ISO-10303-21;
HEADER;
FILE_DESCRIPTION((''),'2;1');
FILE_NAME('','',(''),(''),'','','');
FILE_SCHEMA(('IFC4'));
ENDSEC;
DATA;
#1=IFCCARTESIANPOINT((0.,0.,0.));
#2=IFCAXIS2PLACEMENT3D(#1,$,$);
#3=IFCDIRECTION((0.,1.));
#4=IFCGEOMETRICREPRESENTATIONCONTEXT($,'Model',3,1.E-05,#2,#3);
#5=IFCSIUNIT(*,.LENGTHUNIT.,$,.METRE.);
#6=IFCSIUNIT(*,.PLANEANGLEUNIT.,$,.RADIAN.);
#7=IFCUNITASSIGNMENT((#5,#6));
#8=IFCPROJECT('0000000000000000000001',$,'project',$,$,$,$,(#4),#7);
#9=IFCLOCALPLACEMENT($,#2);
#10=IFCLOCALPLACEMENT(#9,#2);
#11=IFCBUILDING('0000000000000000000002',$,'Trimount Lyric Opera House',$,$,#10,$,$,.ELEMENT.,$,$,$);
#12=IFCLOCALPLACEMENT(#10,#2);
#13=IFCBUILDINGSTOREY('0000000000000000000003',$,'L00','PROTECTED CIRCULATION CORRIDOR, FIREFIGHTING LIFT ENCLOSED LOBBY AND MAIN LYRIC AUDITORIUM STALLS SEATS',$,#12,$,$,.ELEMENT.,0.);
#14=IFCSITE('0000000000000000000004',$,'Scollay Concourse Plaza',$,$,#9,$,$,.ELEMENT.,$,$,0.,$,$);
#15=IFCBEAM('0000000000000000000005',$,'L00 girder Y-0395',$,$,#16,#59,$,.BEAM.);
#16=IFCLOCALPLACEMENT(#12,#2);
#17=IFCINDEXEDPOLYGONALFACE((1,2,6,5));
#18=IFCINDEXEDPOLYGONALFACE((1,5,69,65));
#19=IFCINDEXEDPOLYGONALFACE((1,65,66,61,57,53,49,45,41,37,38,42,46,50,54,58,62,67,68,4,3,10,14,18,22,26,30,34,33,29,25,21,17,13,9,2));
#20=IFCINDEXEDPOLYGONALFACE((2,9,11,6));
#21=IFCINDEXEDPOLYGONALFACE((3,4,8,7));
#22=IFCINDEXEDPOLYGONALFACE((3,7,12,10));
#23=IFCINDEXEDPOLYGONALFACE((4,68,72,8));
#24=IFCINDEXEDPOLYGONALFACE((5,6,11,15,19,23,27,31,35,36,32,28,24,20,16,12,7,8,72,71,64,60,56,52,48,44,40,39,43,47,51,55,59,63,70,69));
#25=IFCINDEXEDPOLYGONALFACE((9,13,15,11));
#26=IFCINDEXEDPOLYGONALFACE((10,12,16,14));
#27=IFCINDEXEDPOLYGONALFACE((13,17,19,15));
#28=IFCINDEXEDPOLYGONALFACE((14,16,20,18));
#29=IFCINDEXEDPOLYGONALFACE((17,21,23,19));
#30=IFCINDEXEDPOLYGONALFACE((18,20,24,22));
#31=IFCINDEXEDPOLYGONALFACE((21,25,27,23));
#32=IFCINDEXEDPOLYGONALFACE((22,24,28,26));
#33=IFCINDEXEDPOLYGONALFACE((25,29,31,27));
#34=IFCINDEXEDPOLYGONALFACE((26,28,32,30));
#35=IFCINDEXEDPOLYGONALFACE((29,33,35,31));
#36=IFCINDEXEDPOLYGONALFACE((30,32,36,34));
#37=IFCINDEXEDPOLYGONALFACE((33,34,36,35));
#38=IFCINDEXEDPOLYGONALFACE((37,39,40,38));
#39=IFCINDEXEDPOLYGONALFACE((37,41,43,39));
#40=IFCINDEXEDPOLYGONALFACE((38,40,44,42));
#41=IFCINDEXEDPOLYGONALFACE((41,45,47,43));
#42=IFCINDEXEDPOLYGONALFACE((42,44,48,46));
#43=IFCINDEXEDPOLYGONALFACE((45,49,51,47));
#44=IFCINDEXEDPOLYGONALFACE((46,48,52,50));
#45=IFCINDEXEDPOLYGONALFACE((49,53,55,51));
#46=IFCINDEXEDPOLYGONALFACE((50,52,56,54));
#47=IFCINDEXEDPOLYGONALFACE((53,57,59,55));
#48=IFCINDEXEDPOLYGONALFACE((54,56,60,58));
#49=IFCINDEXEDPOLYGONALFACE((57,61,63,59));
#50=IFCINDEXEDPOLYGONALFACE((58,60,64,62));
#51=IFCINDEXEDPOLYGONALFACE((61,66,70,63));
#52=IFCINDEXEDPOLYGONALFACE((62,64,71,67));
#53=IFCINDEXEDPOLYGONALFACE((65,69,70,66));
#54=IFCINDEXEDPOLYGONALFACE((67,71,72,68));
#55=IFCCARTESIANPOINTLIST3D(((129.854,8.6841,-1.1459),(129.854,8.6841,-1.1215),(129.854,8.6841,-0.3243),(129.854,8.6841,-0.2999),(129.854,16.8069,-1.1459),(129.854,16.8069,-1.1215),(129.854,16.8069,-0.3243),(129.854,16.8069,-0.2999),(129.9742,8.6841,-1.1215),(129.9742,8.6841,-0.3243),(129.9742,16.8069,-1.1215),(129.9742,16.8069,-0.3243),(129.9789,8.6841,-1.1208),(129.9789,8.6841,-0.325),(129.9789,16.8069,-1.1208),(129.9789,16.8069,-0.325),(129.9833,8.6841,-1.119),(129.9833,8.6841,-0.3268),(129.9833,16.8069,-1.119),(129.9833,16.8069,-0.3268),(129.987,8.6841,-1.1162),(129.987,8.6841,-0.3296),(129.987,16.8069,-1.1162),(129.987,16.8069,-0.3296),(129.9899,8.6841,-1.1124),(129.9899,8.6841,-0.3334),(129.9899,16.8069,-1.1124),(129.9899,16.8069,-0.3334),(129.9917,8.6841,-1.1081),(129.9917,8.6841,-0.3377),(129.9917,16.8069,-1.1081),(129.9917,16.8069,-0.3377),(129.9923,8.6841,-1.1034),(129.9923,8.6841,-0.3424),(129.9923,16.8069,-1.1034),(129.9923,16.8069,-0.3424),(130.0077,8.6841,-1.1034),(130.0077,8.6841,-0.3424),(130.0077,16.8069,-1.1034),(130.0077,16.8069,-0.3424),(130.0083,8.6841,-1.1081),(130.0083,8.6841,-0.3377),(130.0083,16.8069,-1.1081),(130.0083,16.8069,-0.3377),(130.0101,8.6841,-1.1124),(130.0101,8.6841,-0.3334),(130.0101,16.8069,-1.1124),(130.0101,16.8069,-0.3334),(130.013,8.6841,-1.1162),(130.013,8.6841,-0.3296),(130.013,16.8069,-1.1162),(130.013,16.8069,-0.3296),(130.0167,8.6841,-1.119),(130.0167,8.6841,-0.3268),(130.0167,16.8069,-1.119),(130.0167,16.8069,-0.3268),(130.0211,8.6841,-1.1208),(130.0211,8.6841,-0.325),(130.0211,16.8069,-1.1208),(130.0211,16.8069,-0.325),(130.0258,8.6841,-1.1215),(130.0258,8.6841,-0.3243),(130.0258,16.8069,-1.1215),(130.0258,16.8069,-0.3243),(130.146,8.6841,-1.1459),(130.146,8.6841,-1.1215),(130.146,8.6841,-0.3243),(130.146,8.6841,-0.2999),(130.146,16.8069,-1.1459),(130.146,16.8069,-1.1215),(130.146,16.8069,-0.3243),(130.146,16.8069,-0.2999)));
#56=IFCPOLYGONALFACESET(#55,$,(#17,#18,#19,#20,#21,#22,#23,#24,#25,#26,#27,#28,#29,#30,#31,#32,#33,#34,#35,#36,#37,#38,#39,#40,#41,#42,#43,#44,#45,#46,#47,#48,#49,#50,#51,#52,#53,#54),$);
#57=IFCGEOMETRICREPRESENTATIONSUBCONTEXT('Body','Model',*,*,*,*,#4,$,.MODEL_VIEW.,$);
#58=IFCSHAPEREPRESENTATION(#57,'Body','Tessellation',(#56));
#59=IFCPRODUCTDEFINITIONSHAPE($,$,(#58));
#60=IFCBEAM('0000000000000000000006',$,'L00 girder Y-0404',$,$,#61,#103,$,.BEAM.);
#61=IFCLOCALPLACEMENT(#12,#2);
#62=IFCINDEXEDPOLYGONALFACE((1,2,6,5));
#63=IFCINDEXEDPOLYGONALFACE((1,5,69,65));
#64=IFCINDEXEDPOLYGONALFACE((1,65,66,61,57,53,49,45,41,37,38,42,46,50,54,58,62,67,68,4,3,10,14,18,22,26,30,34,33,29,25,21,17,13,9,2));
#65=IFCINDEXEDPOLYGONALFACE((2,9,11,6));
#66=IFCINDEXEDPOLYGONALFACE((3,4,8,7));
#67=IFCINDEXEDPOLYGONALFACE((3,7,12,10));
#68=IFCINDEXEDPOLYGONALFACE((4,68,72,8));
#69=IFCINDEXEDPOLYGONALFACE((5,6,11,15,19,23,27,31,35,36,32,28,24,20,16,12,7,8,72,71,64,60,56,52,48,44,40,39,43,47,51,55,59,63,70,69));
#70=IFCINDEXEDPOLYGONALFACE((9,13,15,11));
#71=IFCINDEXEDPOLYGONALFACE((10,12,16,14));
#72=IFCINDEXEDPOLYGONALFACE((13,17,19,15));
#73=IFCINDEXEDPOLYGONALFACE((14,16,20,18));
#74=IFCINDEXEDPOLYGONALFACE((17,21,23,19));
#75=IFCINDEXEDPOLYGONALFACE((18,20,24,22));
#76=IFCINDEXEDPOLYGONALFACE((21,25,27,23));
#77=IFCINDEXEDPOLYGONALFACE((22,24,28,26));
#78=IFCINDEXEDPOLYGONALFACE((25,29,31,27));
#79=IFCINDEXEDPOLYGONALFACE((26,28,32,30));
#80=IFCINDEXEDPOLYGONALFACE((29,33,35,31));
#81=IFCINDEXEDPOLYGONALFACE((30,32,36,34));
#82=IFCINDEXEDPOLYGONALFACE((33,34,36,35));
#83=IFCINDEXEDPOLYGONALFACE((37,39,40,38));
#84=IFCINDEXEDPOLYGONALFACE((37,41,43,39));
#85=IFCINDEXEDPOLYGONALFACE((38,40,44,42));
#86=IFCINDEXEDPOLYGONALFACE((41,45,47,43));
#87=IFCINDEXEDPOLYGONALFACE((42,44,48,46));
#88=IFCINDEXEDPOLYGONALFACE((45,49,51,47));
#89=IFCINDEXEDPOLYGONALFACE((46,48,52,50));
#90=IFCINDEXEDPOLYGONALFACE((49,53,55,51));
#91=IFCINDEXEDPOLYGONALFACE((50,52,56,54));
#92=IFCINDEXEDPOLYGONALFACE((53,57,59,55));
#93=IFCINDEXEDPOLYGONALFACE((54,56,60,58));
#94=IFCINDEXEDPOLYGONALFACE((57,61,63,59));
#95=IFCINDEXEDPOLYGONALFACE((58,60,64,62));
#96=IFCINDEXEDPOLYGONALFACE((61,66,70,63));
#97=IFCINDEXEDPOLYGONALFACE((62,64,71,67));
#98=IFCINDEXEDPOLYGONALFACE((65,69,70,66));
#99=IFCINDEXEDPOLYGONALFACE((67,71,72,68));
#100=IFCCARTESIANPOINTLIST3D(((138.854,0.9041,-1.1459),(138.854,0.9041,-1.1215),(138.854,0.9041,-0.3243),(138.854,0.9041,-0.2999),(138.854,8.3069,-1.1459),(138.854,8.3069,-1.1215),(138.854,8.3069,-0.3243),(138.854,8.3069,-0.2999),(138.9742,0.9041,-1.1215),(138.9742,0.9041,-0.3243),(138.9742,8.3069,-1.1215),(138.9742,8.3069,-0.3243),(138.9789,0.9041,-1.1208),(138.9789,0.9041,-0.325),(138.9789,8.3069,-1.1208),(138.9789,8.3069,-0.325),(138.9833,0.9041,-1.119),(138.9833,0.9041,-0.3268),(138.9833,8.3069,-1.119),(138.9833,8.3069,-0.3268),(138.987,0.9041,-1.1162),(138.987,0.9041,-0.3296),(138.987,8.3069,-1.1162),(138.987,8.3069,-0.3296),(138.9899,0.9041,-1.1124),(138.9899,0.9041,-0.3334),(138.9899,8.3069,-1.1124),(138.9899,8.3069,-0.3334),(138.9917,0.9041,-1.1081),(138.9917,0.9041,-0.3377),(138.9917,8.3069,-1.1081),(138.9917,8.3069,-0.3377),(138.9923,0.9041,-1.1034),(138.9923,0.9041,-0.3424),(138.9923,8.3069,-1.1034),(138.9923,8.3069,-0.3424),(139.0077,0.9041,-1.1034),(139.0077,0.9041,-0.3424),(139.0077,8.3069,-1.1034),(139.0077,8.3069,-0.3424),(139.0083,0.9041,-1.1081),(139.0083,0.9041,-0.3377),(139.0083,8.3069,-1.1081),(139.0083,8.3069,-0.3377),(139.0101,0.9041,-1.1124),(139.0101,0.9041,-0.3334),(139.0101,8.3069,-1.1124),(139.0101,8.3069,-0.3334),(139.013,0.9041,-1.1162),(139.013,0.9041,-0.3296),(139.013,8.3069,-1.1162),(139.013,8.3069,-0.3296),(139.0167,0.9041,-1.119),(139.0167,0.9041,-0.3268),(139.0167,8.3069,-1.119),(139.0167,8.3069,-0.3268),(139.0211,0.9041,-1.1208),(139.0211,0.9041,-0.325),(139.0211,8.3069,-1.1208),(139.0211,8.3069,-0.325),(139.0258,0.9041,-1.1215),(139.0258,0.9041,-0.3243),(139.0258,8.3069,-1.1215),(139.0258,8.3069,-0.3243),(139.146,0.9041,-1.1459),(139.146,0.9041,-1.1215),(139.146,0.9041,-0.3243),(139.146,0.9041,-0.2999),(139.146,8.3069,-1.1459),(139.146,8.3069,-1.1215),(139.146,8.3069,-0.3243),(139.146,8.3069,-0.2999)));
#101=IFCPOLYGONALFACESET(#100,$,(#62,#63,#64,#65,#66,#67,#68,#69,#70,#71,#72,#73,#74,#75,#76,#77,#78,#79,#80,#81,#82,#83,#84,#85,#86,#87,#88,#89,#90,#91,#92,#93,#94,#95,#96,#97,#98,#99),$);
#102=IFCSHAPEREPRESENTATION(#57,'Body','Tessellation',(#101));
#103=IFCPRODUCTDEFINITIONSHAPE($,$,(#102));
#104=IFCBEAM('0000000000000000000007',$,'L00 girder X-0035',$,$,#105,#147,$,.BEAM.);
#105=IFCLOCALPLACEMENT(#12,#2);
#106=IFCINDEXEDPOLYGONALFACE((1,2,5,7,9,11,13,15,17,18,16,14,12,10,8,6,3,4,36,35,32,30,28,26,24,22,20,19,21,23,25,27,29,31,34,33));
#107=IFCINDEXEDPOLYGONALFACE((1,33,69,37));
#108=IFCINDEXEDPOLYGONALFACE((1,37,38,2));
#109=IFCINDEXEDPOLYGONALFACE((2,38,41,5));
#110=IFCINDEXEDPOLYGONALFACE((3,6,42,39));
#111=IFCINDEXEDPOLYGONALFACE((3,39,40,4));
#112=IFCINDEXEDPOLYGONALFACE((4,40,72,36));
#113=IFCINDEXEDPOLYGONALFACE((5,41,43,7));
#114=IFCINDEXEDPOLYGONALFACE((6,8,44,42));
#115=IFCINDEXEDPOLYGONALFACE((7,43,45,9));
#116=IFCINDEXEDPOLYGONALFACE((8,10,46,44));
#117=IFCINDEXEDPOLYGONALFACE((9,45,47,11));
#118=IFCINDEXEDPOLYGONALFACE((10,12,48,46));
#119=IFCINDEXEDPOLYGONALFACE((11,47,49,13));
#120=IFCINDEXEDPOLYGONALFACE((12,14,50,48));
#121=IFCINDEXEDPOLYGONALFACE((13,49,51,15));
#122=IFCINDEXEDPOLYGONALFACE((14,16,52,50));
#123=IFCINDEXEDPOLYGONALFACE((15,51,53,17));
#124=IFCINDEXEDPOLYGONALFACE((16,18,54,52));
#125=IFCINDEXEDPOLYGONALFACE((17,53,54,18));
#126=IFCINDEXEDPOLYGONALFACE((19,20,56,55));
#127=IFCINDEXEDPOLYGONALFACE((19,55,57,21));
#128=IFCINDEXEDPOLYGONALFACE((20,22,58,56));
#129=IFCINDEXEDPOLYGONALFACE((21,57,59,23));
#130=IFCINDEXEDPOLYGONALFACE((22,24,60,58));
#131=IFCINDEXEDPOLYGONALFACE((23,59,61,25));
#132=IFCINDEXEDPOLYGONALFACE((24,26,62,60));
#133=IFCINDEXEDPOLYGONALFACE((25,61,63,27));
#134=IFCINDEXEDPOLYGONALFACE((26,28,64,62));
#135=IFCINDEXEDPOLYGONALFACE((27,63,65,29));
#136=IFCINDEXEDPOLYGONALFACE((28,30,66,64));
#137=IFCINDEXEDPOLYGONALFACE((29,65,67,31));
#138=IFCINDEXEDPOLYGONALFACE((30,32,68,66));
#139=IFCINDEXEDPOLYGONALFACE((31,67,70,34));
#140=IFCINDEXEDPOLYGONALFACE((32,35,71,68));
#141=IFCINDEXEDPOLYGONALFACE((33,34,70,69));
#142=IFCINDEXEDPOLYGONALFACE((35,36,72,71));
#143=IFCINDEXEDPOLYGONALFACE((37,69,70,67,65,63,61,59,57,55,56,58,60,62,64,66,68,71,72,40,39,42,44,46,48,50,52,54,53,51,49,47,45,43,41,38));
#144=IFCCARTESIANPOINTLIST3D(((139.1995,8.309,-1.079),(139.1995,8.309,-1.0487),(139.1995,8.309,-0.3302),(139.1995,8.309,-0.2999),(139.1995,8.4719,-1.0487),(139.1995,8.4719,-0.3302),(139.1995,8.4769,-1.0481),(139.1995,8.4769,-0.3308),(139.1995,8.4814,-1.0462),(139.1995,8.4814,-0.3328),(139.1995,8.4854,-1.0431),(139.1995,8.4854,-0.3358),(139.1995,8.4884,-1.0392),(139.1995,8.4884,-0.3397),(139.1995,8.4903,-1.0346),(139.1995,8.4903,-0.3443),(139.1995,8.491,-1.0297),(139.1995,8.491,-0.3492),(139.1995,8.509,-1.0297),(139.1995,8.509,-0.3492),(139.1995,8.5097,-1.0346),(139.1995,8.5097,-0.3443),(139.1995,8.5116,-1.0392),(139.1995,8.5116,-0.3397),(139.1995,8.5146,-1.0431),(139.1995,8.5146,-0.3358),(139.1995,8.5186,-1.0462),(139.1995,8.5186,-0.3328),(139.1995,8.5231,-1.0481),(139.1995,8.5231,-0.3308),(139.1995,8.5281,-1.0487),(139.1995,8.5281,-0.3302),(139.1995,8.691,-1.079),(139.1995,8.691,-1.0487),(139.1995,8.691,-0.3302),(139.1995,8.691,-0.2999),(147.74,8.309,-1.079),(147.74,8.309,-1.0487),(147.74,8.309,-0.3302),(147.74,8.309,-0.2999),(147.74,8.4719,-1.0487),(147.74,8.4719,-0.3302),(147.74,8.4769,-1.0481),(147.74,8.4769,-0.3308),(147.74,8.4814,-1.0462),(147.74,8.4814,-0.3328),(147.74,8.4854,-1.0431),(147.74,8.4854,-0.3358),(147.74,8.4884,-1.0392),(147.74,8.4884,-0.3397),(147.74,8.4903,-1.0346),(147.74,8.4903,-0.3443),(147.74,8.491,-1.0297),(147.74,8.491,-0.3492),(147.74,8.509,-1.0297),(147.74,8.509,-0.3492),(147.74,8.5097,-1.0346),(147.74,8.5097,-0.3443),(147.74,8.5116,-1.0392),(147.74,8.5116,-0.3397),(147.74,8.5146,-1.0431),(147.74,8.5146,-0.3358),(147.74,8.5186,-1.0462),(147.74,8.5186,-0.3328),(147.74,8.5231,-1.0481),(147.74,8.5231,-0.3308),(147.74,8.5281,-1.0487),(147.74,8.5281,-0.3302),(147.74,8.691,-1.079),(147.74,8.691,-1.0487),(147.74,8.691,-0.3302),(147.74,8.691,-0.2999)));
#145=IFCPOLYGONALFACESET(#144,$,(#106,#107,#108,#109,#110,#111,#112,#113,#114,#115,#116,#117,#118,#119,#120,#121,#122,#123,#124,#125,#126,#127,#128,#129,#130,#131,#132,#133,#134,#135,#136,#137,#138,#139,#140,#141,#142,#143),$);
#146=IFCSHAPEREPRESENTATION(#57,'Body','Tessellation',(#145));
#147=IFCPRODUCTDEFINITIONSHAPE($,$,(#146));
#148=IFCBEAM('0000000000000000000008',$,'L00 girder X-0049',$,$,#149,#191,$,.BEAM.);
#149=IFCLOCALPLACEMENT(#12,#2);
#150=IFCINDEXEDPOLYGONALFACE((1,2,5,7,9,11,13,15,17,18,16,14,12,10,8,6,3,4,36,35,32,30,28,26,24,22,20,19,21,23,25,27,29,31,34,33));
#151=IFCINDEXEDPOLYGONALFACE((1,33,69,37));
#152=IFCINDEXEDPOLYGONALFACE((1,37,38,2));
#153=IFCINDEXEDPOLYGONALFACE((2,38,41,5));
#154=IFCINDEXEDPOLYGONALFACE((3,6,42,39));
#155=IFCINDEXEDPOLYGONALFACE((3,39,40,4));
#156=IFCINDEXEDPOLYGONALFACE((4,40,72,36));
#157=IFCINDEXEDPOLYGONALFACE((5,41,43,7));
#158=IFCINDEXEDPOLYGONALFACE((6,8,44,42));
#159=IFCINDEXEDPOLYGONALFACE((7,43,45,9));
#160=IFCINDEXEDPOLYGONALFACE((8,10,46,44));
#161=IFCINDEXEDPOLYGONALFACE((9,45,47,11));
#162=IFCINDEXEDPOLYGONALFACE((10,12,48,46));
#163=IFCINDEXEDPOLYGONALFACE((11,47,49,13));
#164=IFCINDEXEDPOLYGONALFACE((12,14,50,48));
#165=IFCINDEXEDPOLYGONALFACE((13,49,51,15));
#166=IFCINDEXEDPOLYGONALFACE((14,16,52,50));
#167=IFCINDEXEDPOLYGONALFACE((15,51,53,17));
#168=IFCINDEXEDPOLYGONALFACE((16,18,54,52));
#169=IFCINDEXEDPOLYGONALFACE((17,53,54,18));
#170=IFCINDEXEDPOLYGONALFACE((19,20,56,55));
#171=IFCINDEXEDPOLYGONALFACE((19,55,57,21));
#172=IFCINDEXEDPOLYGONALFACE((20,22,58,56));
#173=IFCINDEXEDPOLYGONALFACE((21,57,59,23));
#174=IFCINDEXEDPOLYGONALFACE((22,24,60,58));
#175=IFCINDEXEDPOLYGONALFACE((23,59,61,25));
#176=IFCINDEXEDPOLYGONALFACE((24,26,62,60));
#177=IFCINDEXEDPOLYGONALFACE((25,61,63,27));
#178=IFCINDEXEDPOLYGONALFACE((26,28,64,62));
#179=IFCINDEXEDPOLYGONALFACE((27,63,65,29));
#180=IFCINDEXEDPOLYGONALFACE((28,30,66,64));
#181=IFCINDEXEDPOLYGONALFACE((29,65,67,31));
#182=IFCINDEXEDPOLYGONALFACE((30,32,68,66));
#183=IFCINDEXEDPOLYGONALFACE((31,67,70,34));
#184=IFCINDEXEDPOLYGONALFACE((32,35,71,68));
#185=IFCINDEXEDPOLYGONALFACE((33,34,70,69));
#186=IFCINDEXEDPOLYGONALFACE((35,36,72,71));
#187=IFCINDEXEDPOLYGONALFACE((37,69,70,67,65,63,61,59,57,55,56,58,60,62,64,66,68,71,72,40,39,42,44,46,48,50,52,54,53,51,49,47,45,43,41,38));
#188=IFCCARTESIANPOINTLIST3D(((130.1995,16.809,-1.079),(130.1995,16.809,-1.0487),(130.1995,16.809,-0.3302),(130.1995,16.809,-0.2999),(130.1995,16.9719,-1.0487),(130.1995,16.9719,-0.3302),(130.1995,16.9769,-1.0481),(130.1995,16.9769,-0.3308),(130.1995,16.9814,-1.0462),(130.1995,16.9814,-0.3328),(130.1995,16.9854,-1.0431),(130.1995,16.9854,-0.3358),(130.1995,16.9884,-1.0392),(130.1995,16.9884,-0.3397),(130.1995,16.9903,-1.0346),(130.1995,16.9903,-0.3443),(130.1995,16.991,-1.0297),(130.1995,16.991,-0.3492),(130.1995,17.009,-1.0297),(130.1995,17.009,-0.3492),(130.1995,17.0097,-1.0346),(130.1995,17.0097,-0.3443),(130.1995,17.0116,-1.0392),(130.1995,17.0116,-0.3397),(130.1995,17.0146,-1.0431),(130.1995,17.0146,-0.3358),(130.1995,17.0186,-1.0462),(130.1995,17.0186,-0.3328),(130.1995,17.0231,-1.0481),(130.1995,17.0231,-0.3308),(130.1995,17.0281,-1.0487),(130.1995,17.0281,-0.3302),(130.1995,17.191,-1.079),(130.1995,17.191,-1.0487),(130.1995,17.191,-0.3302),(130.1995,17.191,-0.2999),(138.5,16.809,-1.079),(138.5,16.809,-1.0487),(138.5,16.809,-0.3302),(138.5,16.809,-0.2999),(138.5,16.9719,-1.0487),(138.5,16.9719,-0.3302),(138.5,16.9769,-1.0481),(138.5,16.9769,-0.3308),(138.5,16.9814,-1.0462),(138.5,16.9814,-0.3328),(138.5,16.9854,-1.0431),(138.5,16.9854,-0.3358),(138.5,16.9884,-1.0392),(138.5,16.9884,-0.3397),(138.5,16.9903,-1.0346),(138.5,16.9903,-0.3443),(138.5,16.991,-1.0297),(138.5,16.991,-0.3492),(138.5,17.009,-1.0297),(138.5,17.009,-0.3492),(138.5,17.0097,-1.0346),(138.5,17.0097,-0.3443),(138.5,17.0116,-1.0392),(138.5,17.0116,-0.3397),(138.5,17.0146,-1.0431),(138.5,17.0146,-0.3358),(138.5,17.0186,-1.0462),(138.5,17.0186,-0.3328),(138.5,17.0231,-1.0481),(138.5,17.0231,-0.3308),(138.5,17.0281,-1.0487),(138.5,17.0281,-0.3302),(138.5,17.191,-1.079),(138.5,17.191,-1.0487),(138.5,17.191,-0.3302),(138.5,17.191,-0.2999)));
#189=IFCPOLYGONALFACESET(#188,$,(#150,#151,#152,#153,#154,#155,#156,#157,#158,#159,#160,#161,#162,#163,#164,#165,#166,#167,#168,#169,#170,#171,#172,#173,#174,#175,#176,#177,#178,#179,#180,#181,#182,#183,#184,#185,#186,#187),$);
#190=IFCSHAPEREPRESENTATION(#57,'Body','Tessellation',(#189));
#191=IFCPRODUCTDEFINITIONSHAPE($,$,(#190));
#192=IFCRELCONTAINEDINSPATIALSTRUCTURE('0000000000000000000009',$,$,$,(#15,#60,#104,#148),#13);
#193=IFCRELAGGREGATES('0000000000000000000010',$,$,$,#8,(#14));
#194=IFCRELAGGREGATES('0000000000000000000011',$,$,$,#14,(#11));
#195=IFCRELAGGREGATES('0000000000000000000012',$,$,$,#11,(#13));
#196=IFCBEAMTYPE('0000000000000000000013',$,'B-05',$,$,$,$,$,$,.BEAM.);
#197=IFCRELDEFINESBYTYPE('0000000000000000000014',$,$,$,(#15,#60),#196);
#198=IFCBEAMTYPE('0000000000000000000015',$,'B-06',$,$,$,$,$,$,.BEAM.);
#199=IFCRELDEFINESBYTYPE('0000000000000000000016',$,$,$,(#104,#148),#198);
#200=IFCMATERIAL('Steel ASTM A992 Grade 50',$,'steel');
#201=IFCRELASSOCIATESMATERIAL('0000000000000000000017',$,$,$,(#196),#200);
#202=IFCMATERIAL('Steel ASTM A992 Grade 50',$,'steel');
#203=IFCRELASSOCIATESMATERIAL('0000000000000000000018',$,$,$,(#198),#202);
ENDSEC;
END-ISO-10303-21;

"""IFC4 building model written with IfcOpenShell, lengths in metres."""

from ifc_helpers import new_model, si_unit, direction, frame, origin, origin_2d, place, context, subcontext, project, spatial, i_section, extrude, material, material_profile, profile_set, type_object, element, save


model = new_model("IFC4")

# Units and contexts
model_context = context("Model", 3, precision=1e-05, world=origin(), true_north=direction((0.0, 1.0)))
body_context = subcontext(model_context, "Body", "Model", "MODEL_VIEW")
ifc_project = project(units=[si_unit("LENGTHUNIT", "METRE"), si_unit("PLANEANGLEUNIT", "RADIAN")], contexts=[model_context])

# Site, building, storey
site_placement = place(None, origin())
site = spatial("IfcSite", under=ifc_project, at=site_placement, Name="Scollay Concourse Plaza", CompositionType="ELEMENT", RefElevation=0.0)
building_placement = place(site_placement, origin())
building = spatial("IfcBuilding", under=site, at=building_placement, Name="Trimount Lyric Opera House", CompositionType="ELEMENT")
storey_placement = place(building_placement, origin())
storey = spatial("IfcBuildingStorey", under=building, at=storey_placement, Name="L00", Description="PROTECTED CIRCULATION CORRIDOR, FIREFIGHTING LIFT ENCLOSED LOBBY AND MAIN LYRIC AUDITORIUM STALLS SEATS", CompositionType="ELEMENT", Elevation=0.0)

# Beams
ifc_material_1 = material(Name="Steel ASTM A992 Grade 50", Category="steel")
ifc_material_profile_1 = material_profile(ifc_material_1, i_section(OverallWidth=0.292, OverallDepth=0.8459, WebThickness=0.0154, FlangeThickness=0.0244, FilletRadius=0.0181, at=origin_2d()), Name="W33X141")
ifc_profile_set_1 = profile_set([ifc_material_profile_1], Name="Steel ASTM A992 Grade 50")
beam_type_1 = type_object("IfcBeamType", Name="B-05", PredefinedType="BEAM", material=ifc_profile_set_1)
beam_1_placement = place(storey_placement, frame((130.0, 8.6841, -0.7229), z_axis=(0.0, 1.0, 0.0), x_axis=(-1.0, 0.0, 0.0)))
element("IfcBeam", 1, at=beam_1_placement, inside=storey, type_object=beam_type_1, Name="L00 girder Y-0395", PredefinedType="BEAM", context=body_context, shape_type="SweptSolid", body=[
    extrude(i_section(OverallWidth=0.292, OverallDepth=0.8459, WebThickness=0.0154, FlangeThickness=0.0244, FilletRadius=0.0181, at=origin_2d()), origin(), (0.0, 0.0, 1.0), 8.1228),
])
beam_2_placement = place(storey_placement, frame((139.0, 0.9041, -0.7229), z_axis=(0.0, 1.0, 0.0), x_axis=(-1.0, 0.0, 0.0)))
element("IfcBeam", 2, at=beam_2_placement, inside=storey, type_object=beam_type_1, Name="L00 girder Y-0404", PredefinedType="BEAM", context=body_context, shape_type="SweptSolid", body=[
    extrude(i_section(OverallWidth=0.292, OverallDepth=0.8459, WebThickness=0.0154, FlangeThickness=0.0244, FilletRadius=0.0181, at=origin_2d()), origin(), (0.0, 0.0, 1.0), 7.4028),
])
ifc_material_2 = material(Name="Steel ASTM A992 Grade 50", Category="steel")
ifc_material_profile_2 = material_profile(ifc_material_2, i_section(OverallWidth=0.3821, OverallDepth=0.7791, WebThickness=0.0181, FlangeThickness=0.0303, FilletRadius=0.019, at=origin_2d()), Name="W30X191")
ifc_profile_set_2 = profile_set([ifc_material_profile_2], Name="Steel ASTM A992 Grade 50")
beam_type_2 = type_object("IfcBeamType", Name="B-06", PredefinedType="BEAM", material=ifc_profile_set_2)
beam_3_placement = place(storey_placement, frame((139.1995, 8.5, -0.6895), z_axis=(1.0, 0.0, 0.0), x_axis=(0.0, 1.0, 0.0)))
element("IfcBeam", 3, at=beam_3_placement, inside=storey, type_object=beam_type_2, Name="L00 girder X-0035", PredefinedType="BEAM", context=body_context, shape_type="SweptSolid", body=[
    extrude(i_section(OverallWidth=0.3821, OverallDepth=0.7791, WebThickness=0.0181, FlangeThickness=0.0303, FilletRadius=0.019, at=origin_2d()), origin(), (0.0, 0.0, 1.0), 8.5405),
])
beam_4_placement = place(storey_placement, frame((130.1995, 17.0, -0.6895), z_axis=(1.0, 0.0, 0.0), x_axis=(0.0, 1.0, 0.0)))
element("IfcBeam", 4, at=beam_4_placement, inside=storey, type_object=beam_type_2, Name="L00 girder X-0049", PredefinedType="BEAM", context=body_context, shape_type="SweptSolid", body=[
    extrude(i_section(OverallWidth=0.3821, OverallDepth=0.7791, WebThickness=0.0181, FlangeThickness=0.0303, FilletRadius=0.019, at=origin_2d()), origin(), (0.0, 0.0, 1.0), 8.3005),
])

save(model, "model.ifc")
